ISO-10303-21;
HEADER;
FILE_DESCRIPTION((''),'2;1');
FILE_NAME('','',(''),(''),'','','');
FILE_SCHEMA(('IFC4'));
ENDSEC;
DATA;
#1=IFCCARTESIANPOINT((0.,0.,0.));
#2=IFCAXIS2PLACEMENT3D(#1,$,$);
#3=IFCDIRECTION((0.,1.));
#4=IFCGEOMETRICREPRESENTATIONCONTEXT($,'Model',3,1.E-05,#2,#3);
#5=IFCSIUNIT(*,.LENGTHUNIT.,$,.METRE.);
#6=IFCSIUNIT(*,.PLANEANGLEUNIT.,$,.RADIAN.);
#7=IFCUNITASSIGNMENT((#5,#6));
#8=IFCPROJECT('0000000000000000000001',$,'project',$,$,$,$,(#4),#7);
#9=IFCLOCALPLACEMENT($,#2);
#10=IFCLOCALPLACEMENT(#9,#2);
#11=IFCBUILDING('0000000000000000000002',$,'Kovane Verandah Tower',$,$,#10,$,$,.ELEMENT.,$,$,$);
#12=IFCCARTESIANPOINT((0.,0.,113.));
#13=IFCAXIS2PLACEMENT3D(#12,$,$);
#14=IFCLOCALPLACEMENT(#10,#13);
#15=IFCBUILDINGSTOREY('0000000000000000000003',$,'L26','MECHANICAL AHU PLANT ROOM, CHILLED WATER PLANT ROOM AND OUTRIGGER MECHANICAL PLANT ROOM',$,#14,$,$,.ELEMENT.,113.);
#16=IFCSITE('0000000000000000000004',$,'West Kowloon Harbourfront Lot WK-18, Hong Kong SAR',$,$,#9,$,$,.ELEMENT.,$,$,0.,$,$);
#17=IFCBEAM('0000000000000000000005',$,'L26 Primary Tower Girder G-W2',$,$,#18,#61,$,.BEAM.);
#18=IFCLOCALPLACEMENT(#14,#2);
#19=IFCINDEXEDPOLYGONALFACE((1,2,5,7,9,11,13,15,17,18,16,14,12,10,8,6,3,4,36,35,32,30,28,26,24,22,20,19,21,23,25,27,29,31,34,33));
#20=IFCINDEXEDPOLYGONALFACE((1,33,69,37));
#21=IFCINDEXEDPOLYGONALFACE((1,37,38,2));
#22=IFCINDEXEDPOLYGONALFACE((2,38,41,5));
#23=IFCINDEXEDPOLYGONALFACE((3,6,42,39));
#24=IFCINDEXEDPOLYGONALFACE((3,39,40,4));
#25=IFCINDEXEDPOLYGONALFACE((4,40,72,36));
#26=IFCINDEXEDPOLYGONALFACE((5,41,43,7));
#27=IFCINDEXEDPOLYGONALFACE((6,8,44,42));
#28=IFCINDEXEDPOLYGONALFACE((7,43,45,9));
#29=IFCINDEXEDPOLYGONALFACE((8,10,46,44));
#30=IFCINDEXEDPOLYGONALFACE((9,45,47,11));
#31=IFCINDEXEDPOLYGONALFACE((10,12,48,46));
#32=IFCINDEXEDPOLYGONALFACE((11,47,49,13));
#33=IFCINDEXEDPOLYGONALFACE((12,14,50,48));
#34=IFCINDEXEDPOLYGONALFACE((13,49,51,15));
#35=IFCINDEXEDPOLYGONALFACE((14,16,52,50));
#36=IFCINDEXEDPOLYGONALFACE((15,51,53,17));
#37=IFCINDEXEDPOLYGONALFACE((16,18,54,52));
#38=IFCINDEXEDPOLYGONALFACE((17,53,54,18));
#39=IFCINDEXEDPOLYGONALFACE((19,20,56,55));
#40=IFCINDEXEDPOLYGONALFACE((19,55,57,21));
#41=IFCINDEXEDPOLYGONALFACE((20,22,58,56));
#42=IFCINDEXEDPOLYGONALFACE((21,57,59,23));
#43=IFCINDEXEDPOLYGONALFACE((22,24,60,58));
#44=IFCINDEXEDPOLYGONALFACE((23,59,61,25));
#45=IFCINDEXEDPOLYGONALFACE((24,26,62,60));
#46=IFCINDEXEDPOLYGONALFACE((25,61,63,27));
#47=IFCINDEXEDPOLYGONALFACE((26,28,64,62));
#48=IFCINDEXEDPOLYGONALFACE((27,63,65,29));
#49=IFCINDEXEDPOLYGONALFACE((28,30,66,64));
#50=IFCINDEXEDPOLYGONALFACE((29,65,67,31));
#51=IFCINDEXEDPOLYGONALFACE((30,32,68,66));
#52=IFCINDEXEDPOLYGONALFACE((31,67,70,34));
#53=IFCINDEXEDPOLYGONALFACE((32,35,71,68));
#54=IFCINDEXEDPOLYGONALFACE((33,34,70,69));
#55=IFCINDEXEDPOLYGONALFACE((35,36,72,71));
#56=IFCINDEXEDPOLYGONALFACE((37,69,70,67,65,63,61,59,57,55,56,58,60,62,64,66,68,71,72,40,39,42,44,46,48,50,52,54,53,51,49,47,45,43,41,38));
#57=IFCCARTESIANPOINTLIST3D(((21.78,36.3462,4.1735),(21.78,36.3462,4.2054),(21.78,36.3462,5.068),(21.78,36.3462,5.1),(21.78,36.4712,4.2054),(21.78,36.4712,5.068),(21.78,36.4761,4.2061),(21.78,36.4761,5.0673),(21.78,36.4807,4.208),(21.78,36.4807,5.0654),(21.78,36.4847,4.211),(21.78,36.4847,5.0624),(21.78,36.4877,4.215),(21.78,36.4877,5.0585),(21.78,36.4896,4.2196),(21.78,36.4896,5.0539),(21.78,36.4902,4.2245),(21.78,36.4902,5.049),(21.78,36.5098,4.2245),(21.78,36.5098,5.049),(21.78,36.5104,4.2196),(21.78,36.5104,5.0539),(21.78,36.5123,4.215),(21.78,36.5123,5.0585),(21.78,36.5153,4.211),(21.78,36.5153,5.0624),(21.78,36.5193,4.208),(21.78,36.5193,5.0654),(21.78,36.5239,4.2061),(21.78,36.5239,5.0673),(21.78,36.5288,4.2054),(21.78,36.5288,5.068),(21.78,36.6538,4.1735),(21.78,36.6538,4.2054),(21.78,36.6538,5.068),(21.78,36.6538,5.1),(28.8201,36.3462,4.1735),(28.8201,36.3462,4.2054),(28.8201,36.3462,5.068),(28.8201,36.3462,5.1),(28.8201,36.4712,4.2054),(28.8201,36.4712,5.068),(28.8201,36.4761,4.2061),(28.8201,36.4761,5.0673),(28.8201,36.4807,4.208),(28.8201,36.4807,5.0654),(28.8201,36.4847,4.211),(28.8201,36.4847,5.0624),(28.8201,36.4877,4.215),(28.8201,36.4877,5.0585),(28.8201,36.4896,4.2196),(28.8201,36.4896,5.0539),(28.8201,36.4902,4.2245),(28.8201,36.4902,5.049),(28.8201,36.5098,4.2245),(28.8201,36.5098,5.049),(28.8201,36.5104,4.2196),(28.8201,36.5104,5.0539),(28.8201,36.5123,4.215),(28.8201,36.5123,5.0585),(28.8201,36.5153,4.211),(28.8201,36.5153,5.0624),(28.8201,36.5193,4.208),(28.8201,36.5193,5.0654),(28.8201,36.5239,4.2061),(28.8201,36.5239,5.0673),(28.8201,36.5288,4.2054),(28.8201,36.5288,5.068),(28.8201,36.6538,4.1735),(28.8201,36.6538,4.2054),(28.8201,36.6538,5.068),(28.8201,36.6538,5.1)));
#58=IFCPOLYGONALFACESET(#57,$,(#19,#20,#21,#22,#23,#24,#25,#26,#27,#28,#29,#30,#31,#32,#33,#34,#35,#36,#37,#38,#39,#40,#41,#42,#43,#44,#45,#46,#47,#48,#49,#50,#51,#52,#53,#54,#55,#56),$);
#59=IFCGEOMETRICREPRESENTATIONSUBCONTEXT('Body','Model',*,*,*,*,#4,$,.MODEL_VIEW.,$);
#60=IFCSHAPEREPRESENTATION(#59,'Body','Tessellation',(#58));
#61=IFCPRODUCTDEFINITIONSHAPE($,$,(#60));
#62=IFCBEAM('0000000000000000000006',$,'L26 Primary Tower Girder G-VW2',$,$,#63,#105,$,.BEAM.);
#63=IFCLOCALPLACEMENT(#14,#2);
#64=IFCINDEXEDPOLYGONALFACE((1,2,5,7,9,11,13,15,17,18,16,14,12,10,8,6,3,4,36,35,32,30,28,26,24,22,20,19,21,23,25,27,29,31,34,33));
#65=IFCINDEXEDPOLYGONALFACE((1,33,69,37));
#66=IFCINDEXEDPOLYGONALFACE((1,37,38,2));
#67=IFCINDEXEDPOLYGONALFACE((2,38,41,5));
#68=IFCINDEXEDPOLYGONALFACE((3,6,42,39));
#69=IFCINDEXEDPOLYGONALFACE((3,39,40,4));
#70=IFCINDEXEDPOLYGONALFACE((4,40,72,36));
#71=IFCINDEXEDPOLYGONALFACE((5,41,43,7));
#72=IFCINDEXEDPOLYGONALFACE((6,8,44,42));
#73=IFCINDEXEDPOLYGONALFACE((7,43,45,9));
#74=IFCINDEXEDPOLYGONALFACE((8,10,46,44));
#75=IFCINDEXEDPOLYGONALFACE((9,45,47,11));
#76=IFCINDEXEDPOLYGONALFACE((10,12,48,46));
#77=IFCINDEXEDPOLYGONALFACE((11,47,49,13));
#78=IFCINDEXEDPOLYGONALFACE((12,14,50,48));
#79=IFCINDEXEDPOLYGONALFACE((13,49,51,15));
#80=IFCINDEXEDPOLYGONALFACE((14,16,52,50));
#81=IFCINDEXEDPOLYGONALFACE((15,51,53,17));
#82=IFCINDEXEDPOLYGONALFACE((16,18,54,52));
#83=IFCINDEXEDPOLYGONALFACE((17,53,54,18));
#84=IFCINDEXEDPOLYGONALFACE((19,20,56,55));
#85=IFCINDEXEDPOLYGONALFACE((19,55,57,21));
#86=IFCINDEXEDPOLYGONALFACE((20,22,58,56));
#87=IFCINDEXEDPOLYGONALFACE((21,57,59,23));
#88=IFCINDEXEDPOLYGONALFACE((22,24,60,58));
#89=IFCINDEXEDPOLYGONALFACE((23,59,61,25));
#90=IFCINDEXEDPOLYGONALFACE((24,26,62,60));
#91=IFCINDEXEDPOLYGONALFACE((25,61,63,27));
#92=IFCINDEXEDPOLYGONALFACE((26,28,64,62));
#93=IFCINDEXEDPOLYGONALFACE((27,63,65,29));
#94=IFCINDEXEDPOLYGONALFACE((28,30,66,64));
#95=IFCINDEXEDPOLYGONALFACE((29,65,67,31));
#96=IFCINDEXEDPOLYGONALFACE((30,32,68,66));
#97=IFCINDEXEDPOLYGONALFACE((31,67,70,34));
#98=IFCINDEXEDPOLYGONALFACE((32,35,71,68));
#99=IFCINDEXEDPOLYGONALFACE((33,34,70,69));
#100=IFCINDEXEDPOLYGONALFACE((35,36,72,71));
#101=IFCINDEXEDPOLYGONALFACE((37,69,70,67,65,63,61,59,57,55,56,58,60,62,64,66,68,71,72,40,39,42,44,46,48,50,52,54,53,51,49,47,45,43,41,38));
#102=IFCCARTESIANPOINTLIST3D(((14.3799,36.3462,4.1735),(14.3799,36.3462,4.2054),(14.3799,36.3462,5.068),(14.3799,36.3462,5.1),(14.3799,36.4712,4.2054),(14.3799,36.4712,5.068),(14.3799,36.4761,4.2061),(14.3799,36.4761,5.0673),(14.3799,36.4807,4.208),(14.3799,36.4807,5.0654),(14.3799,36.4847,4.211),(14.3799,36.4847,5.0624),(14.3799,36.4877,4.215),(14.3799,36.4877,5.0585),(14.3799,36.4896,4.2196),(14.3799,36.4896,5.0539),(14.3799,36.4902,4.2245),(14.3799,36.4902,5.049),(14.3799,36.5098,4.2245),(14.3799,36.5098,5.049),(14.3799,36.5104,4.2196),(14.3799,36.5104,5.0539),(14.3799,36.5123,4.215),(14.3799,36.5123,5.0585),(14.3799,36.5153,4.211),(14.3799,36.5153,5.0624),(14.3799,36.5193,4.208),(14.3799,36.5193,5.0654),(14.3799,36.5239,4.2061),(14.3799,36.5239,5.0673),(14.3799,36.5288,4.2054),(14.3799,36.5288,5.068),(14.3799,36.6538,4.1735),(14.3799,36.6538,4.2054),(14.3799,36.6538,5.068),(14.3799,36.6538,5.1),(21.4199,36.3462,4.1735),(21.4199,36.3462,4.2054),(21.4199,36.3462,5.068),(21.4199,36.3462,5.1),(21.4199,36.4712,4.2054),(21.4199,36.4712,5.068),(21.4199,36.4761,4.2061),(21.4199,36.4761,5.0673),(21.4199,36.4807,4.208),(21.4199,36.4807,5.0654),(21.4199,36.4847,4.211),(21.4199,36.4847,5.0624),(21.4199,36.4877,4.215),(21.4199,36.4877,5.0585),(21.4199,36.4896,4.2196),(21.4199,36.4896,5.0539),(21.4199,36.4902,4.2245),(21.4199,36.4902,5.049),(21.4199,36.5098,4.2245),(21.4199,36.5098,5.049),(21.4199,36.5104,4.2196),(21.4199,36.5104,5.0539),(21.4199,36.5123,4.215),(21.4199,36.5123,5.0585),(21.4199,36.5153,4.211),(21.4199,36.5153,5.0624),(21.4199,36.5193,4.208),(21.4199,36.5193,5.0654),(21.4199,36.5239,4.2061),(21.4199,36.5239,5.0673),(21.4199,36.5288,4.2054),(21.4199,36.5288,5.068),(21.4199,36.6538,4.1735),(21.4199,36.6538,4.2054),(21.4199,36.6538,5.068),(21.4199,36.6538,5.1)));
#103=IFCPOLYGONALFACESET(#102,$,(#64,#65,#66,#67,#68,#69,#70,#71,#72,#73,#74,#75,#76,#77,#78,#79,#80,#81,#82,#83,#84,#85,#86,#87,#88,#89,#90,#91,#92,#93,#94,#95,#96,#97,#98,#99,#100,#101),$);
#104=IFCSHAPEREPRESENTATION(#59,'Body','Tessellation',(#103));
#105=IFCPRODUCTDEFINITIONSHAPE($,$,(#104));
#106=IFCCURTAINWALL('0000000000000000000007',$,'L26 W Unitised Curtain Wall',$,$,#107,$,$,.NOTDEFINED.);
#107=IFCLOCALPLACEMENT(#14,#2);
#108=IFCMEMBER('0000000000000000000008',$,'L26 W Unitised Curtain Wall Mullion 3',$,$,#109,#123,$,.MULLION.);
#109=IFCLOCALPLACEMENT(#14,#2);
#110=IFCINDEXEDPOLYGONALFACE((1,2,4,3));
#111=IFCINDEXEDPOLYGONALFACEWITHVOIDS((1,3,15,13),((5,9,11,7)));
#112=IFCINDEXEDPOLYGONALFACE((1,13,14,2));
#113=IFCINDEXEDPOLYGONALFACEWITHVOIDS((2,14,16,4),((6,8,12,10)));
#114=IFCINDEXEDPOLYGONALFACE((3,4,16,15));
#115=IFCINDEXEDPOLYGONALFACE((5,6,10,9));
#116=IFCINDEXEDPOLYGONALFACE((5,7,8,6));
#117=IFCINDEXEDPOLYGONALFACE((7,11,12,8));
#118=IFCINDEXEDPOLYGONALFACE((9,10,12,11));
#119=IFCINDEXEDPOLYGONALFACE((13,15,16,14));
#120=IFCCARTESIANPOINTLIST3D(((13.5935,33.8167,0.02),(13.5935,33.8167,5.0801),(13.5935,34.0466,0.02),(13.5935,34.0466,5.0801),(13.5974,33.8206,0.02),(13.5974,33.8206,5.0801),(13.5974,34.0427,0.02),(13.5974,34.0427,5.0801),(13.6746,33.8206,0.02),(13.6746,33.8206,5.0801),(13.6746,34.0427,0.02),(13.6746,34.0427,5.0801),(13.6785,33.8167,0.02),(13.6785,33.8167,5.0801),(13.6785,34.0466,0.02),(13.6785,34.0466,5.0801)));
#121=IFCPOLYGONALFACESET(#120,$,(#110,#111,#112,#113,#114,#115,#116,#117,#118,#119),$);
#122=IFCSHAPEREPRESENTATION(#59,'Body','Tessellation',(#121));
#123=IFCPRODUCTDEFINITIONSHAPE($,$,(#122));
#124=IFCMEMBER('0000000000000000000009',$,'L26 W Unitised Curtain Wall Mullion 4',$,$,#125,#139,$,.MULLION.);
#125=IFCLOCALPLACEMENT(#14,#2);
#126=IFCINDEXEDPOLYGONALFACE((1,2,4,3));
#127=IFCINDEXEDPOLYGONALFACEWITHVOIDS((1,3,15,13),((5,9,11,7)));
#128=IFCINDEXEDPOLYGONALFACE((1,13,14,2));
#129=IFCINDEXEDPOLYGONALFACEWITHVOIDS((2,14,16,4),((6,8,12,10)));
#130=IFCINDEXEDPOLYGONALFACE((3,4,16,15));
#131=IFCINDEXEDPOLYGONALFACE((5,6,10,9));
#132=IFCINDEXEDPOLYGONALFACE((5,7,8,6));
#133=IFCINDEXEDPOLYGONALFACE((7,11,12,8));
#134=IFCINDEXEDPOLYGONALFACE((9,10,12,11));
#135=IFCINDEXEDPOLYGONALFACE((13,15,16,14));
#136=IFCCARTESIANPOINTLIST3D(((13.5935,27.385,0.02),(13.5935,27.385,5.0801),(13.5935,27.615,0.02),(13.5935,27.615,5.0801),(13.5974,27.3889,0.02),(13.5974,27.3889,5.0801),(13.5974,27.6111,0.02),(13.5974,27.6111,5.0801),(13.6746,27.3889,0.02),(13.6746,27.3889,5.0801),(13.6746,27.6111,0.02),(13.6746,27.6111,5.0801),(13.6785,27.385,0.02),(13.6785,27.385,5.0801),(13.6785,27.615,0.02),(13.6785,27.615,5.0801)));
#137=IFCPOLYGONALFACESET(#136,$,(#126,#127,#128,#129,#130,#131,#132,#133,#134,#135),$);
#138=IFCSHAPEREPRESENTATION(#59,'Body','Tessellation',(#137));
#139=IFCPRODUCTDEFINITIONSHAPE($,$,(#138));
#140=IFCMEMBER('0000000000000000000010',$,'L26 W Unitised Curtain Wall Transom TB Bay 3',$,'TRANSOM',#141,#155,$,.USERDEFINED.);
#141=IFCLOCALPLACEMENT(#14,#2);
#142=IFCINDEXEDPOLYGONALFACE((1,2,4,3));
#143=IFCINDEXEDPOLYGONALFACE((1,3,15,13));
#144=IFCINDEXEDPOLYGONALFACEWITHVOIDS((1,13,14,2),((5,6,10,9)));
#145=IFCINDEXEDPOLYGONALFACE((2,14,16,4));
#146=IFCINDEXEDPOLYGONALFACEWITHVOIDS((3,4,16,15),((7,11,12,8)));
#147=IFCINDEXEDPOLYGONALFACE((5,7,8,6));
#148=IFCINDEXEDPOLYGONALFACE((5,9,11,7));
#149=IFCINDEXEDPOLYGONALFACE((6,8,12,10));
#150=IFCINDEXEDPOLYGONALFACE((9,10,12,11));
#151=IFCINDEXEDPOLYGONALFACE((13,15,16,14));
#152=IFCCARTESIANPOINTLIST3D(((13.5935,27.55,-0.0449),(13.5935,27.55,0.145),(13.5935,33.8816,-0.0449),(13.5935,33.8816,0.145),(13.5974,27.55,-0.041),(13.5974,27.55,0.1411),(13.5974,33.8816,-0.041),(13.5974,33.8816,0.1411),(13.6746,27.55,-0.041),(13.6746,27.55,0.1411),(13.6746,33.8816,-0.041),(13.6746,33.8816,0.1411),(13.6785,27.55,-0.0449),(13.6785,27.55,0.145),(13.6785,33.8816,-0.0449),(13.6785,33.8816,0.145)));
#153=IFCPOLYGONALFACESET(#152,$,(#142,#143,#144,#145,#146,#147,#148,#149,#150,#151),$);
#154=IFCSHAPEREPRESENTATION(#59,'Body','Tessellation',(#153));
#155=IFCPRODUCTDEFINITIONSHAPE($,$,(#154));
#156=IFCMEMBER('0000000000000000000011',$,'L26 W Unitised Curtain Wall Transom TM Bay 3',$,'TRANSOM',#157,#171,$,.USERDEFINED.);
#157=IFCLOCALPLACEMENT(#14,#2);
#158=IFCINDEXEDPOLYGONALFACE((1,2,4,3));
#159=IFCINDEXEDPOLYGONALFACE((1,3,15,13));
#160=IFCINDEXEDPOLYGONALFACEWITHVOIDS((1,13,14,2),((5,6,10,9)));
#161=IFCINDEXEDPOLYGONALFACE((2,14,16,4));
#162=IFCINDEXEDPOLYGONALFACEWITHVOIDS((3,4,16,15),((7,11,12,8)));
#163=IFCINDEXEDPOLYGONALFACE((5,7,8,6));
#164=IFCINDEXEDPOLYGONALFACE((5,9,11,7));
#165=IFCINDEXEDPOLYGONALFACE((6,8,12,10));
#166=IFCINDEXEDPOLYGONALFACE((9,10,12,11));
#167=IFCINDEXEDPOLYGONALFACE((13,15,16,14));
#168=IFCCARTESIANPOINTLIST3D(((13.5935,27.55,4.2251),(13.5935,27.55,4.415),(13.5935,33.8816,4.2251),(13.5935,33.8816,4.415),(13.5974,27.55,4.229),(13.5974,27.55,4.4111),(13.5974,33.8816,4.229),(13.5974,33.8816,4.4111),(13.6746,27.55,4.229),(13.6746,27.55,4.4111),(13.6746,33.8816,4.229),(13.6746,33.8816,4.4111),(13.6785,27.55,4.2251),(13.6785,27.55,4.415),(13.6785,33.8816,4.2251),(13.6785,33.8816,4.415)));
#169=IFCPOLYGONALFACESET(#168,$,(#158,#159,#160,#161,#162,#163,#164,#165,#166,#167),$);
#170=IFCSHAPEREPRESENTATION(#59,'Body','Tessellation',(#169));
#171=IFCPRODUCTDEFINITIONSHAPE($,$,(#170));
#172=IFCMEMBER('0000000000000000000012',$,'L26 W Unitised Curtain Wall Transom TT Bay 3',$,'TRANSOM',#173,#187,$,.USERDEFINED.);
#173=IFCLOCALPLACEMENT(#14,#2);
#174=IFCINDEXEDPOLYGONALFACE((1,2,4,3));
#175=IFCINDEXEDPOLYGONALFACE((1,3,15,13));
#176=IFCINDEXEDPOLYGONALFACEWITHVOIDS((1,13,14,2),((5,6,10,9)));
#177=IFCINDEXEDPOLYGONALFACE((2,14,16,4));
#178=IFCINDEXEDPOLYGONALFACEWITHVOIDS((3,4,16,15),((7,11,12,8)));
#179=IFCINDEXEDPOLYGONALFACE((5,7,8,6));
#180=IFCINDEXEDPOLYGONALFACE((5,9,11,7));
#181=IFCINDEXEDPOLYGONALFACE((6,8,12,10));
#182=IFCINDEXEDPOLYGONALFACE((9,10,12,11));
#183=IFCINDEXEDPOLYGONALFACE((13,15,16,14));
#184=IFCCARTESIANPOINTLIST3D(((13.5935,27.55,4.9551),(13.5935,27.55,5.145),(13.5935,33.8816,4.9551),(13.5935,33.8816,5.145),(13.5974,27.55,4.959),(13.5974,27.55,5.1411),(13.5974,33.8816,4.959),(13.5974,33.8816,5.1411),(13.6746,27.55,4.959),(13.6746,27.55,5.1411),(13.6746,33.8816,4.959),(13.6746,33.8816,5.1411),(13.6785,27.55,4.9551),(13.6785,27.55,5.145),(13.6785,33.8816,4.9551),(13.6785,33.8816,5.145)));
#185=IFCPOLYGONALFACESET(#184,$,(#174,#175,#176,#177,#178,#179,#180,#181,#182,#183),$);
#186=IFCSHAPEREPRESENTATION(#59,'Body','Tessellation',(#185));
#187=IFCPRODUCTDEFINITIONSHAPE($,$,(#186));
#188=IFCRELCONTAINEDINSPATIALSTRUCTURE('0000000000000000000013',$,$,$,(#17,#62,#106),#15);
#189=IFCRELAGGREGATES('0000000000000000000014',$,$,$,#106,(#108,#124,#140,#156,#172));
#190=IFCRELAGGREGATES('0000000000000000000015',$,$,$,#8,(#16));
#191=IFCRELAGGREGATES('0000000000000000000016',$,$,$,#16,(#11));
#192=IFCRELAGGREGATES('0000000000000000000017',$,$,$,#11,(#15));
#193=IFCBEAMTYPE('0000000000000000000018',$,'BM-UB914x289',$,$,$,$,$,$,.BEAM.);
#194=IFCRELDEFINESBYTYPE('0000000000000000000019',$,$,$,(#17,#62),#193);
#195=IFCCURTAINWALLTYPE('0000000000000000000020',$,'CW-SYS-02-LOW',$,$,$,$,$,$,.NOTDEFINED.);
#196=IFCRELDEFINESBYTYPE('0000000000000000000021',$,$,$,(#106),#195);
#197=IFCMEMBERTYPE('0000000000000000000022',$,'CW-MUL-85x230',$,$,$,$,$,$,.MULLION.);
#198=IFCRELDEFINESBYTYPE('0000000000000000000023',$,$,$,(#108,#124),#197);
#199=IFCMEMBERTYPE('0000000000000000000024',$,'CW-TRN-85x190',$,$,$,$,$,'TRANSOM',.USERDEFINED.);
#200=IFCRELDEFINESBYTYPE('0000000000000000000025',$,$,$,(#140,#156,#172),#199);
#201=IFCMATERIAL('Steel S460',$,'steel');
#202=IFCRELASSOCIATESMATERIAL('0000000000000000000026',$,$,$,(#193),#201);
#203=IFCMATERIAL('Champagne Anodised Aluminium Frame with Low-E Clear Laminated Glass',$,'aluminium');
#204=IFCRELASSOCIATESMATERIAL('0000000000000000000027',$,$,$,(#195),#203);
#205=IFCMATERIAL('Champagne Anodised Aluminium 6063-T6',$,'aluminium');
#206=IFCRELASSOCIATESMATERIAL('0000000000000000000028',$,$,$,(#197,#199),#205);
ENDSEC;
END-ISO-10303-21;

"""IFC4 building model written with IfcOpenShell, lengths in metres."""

from ifc_helpers import new_model, si_unit, direction, frame, origin, origin_2d, place, context, subcontext, project, spatial, hollow_rectangle, i_section, extrude, material, material_profile, profile_set, type_object, element, aggregate, save


model = new_model("IFC4")

# Units and contexts
model_context = context("Model", 3, precision=1e-05, world=origin(), true_north=direction((0.0, 1.0)))
body_context = subcontext(model_context, "Body", "Model", "MODEL_VIEW")
ifc_project = project(units=[si_unit("LENGTHUNIT", "METRE"), si_unit("PLANEANGLEUNIT", "RADIAN")], contexts=[model_context])

# Site, building, storey
site_placement = place(None, origin())
site = spatial("IfcSite", under=ifc_project, at=site_placement, Name="West Kowloon Harbourfront Lot WK-18, Hong Kong SAR", CompositionType="ELEMENT", RefElevation=0.0)
building_placement = place(site_placement, origin())
building = spatial("IfcBuilding", under=site, at=building_placement, Name="Kovane Verandah Tower", CompositionType="ELEMENT")
storey_placement = place(building_placement, frame((0.0, 0.0, 113.0)))
storey = spatial("IfcBuildingStorey", under=building, at=storey_placement, Name="L26", Description="MECHANICAL AHU PLANT ROOM, CHILLED WATER PLANT ROOM AND OUTRIGGER MECHANICAL PLANT ROOM", CompositionType="ELEMENT", Elevation=113.0)

# Shared definitions
ifc_material_1 = material(Name="Steel S460", Category="steel")

# Beams
ifc_material_profile_1 = material_profile(ifc_material_1, i_section(OverallWidth=0.3076, OverallDepth=0.9265, WebThickness=0.0195, FlangeThickness=0.032, FilletRadius=0.019, at=origin_2d()), Name="UB914x305x289")
ifc_profile_set_1 = profile_set([ifc_material_profile_1], Name="Steel S460")
beam_type_1 = type_object("IfcBeamType", Name="BM-UB914x289", PredefinedType="BEAM", material=ifc_profile_set_1)
for number, where, z_axis, x_axis, name in (
    (1, (28.8201, 36.5, 4.6367), (-1.0, 0.0, 0.0), (0.0, -1.0, 0.0), "L26 Primary Tower Girder G-W2"),
    (2, (21.4199, 36.5, 4.6367), (-1.0, 0.0, 0.0), (0.0, -1.0, 0.0), "L26 Primary Tower Girder G-VW2"),
):
    element("IfcBeam", number, at=place(storey_placement, frame(where, z_axis=z_axis, x_axis=x_axis)), inside=storey, type_object=beam_type_1, Name=name, PredefinedType="BEAM", context=body_context, shape_type="SweptSolid", body=[
        extrude(i_section(OverallWidth=0.3076, OverallDepth=0.9265, WebThickness=0.0195, FlangeThickness=0.032, FilletRadius=0.019, at=origin_2d()), origin(), (0.0, 0.0, 1.0), 7.04),
    ])

# Curtain wall, members
ifc_material_2 = material(Name="Champagne Anodised Aluminium Frame with Low-E Clear Laminated Glass", Category="aluminium")
curtain_wall_type = type_object("IfcCurtainWallType", Name="CW-SYS-02-LOW", PredefinedType="NOTDEFINED", material=ifc_material_2)
curtain_wall_placement = place(storey_placement, origin())
curtain_wall = element("IfcCurtainWall", 3, at=curtain_wall_placement, inside=storey, type_object=curtain_wall_type, Name="L26 W Unitised Curtain Wall", PredefinedType="NOTDEFINED")
ifc_material_3 = material(Name="Champagne Anodised Aluminium 6063-T6", Category="aluminium")
ifc_material_profile_2 = material_profile(ifc_material_3, hollow_rectangle(XDim=0.085, YDim=0.23, WallThickness=0.0039, at=origin_2d()), Name="AL85x230x4")
ifc_profile_set_2 = profile_set([ifc_material_profile_2], Name="Champagne Anodised Aluminium 6063-T6")
member_type_1 = type_object("IfcMemberType", Name="CW-MUL-85x230", PredefinedType="MULLION", material=ifc_profile_set_2)
member_1_placement = place(storey_placement, frame((13.636, 33.9316, 0.02), z_axis=(0.0, 0.0, 1.0), x_axis=(-1.0, 0.0, 0.0)))
member_1 = element("IfcMember", 4, at=member_1_placement, type_object=member_type_1, Name="L26 W Unitised Curtain Wall Mullion 3", PredefinedType="MULLION", context=body_context, shape_type="SweptSolid", body=[
    extrude(hollow_rectangle(XDim=0.085, YDim=0.23, WallThickness=0.0039, at=origin_2d()), origin(), (0.0, 0.0, 1.0), 5.0601),
])
member_2_placement = place(storey_placement, frame((13.636, 27.5, 0.02), z_axis=(0.0, 0.0, 1.0), x_axis=(-1.0, 0.0, 0.0)))
member_2 = element("IfcMember", 5, at=member_2_placement, type_object=member_type_1, Name="L26 W Unitised Curtain Wall Mullion 4", PredefinedType="MULLION", context=body_context, shape_type="SweptSolid", body=[
    extrude(hollow_rectangle(XDim=0.085, YDim=0.23, WallThickness=0.0039, at=origin_2d()), origin(), (0.0, 0.0, 1.0), 5.0601),
])
ifc_material_profile_3 = material_profile(ifc_material_3, hollow_rectangle(XDim=0.085, YDim=0.1899, WallThickness=0.0039, at=origin_2d()), Name="AL85x190x4")
ifc_profile_set_3 = profile_set([ifc_material_profile_3], Name="Champagne Anodised Aluminium 6063-T6")
member_type_2 = type_object("IfcMemberType", Name="CW-TRN-85x190", ElementType="TRANSOM", PredefinedType="USERDEFINED", material=ifc_profile_set_3)
member_3_placement = place(storey_placement, frame((13.636, 33.8816, 0.05), z_axis=(0.0, -1.0, 0.0), x_axis=(1.0, 0.0, 0.0)))
member_3 = element("IfcMember", 6, at=member_3_placement, type_object=member_type_2, Name="L26 W Unitised Curtain Wall Transom TB Bay 3", ObjectType="TRANSOM", PredefinedType="USERDEFINED", context=body_context, shape_type="SweptSolid", body=[
    extrude(hollow_rectangle(XDim=0.085, YDim=0.1899, WallThickness=0.0039, at=origin_2d()), origin(), (0.0, 0.0, 1.0), 6.3315),
])
member_4_placement = place(storey_placement, frame((13.636, 33.8816, 4.3201), z_axis=(0.0, -1.0, 0.0), x_axis=(1.0, 0.0, 0.0)))
member_4 = element("IfcMember", 7, at=member_4_placement, type_object=member_type_2, Name="L26 W Unitised Curtain Wall Transom TM Bay 3", ObjectType="TRANSOM", PredefinedType="USERDEFINED", context=body_context, shape_type="SweptSolid", body=[
    extrude(hollow_rectangle(XDim=0.085, YDim=0.1899, WallThickness=0.0039, at=origin_2d()), origin(), (0.0, 0.0, 1.0), 6.3315),
])
member_5_placement = place(storey_placement, frame((13.636, 33.8816, 5.05), z_axis=(0.0, -1.0, 0.0), x_axis=(1.0, 0.0, 0.0)))
member_5 = element("IfcMember", 8, at=member_5_placement, type_object=member_type_2, Name="L26 W Unitised Curtain Wall Transom TT Bay 3", ObjectType="TRANSOM", PredefinedType="USERDEFINED", context=body_context, shape_type="SweptSolid", body=[
    extrude(hollow_rectangle(XDim=0.085, YDim=0.1899, WallThickness=0.0039, at=origin_2d()), origin(), (0.0, 0.0, 1.0), 6.3315),
])

aggregate(curtain_wall, [member_1, member_2, member_3, member_4, member_5])

save(model, "model.ifc")
